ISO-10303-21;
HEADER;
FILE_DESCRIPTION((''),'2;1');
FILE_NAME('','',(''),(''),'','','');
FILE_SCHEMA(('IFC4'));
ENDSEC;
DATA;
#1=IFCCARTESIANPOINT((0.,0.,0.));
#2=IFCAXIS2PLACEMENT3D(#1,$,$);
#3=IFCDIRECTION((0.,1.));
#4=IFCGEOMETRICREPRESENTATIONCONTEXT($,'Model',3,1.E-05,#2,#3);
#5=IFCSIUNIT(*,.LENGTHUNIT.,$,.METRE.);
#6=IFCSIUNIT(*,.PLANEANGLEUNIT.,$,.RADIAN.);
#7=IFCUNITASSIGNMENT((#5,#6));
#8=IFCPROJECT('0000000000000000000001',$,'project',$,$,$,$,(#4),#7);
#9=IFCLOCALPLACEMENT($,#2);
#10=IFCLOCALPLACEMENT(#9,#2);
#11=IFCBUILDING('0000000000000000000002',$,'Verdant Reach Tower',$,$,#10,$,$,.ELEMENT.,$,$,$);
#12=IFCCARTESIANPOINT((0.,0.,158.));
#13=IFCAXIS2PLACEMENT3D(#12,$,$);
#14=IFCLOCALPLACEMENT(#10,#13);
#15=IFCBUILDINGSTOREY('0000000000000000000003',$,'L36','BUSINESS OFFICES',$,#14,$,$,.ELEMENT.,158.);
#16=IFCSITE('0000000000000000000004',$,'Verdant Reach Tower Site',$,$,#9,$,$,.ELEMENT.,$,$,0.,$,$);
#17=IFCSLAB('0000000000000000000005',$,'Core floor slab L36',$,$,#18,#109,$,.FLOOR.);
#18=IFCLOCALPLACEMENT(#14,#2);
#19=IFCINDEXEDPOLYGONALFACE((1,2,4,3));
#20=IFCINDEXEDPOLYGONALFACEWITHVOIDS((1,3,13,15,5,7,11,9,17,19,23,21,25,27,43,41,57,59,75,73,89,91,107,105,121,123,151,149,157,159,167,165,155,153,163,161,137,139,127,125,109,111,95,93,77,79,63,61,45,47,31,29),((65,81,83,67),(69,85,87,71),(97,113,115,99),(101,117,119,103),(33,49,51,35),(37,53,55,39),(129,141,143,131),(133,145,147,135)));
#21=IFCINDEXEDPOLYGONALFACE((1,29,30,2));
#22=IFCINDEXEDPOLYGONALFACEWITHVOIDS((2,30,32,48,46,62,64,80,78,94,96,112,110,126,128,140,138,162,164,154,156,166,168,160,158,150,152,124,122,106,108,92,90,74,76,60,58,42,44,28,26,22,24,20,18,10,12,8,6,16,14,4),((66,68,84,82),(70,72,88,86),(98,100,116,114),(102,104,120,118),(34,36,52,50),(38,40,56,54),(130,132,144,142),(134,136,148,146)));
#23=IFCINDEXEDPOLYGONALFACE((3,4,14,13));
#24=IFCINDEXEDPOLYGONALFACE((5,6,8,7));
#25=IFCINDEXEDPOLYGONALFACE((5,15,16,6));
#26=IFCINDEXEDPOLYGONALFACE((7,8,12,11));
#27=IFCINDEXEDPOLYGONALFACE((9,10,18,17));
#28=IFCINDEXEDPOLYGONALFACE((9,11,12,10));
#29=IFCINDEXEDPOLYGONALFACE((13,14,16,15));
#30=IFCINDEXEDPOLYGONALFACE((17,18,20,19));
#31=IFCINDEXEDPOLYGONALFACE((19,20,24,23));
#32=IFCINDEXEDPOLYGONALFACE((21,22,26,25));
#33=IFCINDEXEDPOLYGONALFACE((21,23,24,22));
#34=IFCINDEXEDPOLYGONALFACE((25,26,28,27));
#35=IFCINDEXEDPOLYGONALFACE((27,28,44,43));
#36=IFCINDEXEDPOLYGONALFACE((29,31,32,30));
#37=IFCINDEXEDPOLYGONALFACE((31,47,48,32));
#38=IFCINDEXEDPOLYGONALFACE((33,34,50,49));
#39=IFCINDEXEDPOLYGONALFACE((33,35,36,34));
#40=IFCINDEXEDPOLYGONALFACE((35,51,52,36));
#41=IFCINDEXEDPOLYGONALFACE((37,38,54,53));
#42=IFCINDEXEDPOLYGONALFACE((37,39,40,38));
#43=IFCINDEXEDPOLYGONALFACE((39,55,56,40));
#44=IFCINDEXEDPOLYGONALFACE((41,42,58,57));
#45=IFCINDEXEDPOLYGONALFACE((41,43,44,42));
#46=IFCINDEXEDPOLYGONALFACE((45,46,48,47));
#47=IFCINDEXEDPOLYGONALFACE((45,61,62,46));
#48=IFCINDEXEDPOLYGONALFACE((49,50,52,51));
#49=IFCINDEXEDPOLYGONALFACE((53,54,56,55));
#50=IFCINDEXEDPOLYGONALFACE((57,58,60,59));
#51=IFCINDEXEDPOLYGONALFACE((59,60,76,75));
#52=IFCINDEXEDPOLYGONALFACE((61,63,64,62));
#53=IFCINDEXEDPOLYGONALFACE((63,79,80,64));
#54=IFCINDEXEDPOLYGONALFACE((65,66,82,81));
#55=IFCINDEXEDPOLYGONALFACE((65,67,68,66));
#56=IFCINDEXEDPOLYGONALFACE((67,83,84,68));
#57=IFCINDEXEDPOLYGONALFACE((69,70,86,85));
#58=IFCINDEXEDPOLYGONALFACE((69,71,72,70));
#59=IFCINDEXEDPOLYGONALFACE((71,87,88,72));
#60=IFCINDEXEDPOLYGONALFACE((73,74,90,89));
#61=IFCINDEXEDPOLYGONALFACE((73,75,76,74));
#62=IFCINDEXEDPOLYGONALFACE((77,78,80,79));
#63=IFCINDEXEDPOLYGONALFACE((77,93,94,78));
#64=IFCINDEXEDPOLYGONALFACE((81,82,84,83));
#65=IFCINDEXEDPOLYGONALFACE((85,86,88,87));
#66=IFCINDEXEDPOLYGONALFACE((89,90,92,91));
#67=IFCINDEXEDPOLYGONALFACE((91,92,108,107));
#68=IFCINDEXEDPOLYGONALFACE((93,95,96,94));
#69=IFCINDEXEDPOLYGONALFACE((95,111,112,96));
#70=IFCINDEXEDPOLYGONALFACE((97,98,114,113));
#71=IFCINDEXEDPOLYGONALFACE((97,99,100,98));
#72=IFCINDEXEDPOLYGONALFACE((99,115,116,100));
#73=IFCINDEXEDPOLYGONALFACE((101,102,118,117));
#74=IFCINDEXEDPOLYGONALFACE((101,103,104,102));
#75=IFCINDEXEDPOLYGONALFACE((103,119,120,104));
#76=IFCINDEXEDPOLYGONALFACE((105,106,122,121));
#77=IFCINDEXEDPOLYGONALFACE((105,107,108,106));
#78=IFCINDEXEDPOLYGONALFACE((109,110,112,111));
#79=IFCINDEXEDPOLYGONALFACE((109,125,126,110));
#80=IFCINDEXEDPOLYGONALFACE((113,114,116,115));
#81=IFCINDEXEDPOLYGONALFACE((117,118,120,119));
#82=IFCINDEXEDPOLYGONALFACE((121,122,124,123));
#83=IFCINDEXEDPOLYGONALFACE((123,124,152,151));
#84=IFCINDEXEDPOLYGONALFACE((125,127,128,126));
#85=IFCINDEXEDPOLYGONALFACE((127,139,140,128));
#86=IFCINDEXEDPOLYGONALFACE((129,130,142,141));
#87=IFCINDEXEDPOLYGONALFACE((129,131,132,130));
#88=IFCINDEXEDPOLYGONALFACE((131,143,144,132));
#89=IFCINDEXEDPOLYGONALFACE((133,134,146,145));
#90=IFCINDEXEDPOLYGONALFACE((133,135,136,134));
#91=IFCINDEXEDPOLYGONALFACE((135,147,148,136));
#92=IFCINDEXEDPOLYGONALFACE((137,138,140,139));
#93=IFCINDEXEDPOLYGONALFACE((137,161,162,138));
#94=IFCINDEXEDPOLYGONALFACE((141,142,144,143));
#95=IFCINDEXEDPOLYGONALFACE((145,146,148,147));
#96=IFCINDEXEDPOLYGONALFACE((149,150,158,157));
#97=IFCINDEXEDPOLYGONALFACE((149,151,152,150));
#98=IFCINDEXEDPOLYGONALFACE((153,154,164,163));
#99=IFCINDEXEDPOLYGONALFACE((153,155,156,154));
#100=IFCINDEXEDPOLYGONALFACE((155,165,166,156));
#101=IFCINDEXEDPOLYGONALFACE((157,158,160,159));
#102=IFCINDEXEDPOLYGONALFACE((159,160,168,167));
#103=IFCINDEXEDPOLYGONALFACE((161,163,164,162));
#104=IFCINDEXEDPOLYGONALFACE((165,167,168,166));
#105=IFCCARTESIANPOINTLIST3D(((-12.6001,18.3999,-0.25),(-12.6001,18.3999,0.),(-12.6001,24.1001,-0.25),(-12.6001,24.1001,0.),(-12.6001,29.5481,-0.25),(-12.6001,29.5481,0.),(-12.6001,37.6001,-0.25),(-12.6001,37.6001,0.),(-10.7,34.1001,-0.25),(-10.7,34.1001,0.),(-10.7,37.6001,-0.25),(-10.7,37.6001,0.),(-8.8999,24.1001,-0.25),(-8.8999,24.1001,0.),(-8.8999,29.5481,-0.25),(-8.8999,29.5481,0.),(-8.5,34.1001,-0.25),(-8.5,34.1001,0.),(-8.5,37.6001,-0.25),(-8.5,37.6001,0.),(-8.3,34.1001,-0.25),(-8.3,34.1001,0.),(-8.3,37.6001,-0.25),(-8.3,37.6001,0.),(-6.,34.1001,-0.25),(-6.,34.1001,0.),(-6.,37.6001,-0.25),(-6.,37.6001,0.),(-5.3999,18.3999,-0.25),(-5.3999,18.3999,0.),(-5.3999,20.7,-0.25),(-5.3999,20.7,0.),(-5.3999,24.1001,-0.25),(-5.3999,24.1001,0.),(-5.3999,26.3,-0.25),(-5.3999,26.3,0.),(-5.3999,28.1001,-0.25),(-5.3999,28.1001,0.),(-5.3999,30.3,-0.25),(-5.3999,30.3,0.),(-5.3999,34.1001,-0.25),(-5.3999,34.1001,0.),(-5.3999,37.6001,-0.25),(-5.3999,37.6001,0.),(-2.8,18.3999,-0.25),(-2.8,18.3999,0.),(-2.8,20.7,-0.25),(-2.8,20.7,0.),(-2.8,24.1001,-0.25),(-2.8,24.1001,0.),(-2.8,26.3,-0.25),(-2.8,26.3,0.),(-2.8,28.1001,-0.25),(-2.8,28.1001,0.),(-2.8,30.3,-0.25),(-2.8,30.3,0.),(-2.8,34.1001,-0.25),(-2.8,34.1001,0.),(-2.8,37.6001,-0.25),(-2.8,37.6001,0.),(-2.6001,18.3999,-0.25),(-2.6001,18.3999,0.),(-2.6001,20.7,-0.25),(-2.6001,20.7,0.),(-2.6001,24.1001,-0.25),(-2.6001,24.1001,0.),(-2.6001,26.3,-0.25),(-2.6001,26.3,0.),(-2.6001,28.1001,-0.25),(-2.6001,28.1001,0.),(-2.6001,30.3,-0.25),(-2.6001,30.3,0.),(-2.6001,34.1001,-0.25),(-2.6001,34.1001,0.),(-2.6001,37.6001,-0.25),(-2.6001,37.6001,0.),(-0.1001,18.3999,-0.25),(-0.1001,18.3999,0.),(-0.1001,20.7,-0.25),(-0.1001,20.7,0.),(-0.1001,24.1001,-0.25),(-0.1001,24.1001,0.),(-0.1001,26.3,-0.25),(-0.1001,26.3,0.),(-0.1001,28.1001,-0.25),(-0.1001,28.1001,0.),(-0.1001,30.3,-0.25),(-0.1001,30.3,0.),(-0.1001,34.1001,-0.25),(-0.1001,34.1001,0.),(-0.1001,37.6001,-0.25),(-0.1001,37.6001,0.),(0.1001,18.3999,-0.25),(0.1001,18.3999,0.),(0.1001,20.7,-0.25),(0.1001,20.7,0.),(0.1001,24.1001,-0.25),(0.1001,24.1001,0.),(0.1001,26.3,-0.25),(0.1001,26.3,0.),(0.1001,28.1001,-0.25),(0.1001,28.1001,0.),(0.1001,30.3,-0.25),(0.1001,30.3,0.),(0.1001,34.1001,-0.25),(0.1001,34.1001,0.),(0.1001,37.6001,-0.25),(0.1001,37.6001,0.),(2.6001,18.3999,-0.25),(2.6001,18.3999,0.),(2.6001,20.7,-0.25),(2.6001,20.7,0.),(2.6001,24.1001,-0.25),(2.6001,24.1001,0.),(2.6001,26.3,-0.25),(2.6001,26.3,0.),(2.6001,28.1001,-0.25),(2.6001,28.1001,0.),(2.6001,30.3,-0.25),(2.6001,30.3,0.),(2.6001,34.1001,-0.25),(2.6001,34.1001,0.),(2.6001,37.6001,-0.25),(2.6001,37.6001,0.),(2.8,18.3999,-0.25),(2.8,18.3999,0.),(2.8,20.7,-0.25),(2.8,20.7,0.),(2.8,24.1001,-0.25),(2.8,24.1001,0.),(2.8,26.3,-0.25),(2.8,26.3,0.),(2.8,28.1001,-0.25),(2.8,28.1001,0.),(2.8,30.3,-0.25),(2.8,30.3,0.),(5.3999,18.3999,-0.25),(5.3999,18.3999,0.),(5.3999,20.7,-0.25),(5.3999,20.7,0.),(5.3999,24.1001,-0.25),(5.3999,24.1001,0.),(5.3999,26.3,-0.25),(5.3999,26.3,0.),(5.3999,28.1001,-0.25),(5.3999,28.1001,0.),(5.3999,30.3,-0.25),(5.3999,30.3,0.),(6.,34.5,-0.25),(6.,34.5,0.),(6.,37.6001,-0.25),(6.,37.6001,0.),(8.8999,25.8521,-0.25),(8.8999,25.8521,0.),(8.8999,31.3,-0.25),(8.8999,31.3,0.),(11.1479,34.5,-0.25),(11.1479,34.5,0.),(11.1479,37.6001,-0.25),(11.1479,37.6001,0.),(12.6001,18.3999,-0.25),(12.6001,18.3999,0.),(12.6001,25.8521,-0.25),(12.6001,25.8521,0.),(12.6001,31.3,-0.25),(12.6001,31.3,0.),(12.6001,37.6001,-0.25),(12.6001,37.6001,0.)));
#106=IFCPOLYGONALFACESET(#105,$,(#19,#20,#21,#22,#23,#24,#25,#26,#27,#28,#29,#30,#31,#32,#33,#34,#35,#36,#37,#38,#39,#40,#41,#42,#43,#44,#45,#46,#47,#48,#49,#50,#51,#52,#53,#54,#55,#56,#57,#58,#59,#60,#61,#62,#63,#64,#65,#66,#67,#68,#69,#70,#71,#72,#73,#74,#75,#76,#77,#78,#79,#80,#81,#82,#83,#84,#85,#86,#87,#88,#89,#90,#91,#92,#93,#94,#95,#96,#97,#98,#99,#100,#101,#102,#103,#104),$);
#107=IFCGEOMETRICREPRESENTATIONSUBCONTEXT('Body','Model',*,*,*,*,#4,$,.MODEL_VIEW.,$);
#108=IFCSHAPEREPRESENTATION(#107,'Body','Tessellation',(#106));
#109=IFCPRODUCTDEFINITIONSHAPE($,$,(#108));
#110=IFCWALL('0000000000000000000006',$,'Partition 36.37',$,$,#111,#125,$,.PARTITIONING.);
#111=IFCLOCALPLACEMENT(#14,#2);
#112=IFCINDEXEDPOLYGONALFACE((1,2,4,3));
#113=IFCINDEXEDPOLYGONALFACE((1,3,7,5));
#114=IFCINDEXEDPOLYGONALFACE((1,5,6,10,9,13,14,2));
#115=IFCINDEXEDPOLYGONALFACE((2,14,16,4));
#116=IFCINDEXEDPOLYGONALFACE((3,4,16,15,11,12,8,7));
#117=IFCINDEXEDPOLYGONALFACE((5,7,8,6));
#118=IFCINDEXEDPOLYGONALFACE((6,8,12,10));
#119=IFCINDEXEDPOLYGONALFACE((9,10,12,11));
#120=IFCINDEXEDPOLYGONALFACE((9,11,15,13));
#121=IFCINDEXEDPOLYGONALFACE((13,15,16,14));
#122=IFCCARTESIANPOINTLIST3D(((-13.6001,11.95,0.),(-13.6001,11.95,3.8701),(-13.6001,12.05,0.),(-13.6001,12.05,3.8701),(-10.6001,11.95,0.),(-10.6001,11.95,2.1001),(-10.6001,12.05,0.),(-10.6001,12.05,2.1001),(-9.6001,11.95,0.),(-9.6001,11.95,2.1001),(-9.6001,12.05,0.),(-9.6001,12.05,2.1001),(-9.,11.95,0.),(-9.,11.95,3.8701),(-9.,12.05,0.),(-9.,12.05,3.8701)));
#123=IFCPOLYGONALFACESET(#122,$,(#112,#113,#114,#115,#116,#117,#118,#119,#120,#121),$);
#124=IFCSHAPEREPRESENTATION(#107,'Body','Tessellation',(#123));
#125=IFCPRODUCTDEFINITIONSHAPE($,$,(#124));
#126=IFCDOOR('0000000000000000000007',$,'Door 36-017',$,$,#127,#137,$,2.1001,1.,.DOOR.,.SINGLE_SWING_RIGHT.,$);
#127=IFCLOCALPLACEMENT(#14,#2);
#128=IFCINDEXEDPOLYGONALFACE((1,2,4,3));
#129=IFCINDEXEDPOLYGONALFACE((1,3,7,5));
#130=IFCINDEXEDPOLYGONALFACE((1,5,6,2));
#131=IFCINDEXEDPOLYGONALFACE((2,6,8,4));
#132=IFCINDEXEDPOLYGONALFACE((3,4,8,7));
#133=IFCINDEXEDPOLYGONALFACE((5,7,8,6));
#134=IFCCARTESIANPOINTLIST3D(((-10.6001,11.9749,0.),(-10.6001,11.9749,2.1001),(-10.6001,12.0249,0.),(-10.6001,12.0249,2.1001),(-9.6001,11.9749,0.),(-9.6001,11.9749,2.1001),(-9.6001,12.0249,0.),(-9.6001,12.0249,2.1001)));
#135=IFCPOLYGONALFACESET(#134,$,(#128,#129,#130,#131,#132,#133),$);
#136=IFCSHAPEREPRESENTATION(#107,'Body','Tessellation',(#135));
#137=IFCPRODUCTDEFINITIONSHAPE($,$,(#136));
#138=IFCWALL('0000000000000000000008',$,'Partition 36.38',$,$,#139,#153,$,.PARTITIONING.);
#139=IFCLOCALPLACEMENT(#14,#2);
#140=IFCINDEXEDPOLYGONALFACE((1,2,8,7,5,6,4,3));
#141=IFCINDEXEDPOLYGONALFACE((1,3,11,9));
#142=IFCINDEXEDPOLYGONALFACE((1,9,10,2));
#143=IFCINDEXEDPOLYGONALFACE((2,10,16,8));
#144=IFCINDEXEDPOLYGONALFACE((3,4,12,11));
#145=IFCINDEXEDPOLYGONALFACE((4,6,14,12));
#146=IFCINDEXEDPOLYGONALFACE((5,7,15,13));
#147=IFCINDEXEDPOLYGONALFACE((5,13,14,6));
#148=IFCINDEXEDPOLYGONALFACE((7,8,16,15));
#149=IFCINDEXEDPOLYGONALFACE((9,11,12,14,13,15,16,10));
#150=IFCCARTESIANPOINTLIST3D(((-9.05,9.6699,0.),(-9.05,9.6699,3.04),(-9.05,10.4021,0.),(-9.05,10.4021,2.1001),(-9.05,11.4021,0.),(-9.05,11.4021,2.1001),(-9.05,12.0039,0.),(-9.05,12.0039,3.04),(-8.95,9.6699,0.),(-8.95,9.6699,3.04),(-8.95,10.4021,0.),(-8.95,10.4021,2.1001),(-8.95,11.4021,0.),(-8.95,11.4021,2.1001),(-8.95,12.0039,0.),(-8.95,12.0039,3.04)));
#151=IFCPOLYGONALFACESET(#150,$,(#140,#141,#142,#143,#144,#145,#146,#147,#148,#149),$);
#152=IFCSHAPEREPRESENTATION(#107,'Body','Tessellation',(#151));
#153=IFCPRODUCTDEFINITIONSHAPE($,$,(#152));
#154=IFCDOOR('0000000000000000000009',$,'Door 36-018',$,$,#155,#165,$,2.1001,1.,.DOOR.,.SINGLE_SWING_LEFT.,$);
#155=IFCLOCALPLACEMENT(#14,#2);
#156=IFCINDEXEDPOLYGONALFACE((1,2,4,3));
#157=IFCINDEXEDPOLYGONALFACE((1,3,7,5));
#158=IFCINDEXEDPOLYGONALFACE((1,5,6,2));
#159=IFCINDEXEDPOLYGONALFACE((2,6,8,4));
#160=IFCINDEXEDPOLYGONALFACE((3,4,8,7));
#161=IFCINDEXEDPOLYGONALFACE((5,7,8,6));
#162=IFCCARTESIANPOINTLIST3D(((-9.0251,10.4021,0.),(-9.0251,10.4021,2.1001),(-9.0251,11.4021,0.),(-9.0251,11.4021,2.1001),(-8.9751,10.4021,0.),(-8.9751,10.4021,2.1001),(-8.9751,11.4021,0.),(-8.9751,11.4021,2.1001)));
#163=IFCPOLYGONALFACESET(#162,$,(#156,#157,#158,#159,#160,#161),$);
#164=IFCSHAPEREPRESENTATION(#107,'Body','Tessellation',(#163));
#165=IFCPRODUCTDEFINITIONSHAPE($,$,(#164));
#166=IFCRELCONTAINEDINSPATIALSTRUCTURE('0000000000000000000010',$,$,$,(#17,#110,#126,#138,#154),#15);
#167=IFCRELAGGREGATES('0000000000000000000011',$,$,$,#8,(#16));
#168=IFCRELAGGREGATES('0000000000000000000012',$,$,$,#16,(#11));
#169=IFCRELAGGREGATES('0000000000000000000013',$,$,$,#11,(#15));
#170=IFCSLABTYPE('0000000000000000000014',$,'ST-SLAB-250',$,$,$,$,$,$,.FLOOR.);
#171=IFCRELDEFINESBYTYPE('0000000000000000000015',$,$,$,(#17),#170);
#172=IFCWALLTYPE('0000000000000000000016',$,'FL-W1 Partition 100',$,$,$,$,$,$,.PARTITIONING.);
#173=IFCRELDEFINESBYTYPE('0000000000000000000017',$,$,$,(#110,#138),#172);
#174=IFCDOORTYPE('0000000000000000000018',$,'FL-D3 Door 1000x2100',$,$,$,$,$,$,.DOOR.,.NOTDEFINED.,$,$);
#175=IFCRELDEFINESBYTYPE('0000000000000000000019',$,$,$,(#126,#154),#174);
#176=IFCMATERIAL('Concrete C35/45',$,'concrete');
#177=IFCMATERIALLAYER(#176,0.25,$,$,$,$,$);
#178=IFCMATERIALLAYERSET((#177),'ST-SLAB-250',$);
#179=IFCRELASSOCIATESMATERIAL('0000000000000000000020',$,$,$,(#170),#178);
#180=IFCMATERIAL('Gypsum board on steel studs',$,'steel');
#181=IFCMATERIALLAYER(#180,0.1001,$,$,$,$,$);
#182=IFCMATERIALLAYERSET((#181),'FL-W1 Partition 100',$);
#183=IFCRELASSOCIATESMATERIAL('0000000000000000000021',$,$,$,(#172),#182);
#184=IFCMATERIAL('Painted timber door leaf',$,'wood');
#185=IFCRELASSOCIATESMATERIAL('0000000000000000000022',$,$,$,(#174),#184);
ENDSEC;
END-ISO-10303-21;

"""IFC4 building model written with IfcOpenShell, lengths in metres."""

from ifc_helpers import new_model, si_unit, direction, frame, frame_2d, origin, place, context, subcontext, project, spatial, polyline, rectangle, outline, extrude, material, layer, layer_set, type_object, element, fill, save


model = new_model("IFC4")

# Units and contexts
model_context = context("Model", 3, precision=1e-05, world=origin(), true_north=direction((0.0, 1.0)))
body_context = subcontext(model_context, "Body", "Model", "MODEL_VIEW")
ifc_project = project(units=[si_unit("LENGTHUNIT", "METRE"), si_unit("PLANEANGLEUNIT", "RADIAN")], contexts=[model_context])

# Site, building, storey
site_placement = place(None, origin())
site = spatial("IfcSite", under=ifc_project, at=site_placement, Name="Verdant Reach Tower Site", CompositionType="ELEMENT", RefElevation=0.0)
building_placement = place(site_placement, origin())
building = spatial("IfcBuilding", under=site, at=building_placement, Name="Verdant Reach Tower", CompositionType="ELEMENT")
storey_placement = place(building_placement, frame((0.0, 0.0, 158.0)))
storey = spatial("IfcBuildingStorey", under=building, at=storey_placement, Name="L36", Description="BUSINESS OFFICES", CompositionType="ELEMENT", Elevation=158.0)

# Slab
ifc_material_1 = material(Name="Concrete C35/45", Category="concrete")
ifc_layer_1 = layer(ifc_material_1, 0.25)
ifc_layer_set_1 = layer_set([ifc_layer_1], Name="ST-SLAB-250")
slab_type_1 = type_object("IfcSlabType", Name="ST-SLAB-250", PredefinedType="FLOOR", material=ifc_layer_set_1)
slab_1_placement = place(storey_placement, frame((0.0, 0.0, -0.25)))
element("IfcSlab", 1, at=slab_1_placement, inside=storey, type_object=slab_type_1, Name="Core floor slab L36", PredefinedType="FLOOR", context=body_context, shape_type="SweptSolid", body=[
    extrude(outline(polyline([(12.6001, 18.3999), (5.3999, 18.3999), (5.3999, 20.7), (2.8, 20.7), (2.8, 18.3999), (2.6001, 18.3999), (2.6001, 20.7), (0.1001, 20.7), (0.1001, 18.3999), (-0.1001, 18.3999), (-0.1001, 20.7), (-2.6001, 20.7), (-2.6001, 18.3999), (-2.8, 18.3999), (-2.8, 20.7), (-5.3999, 20.7), (-5.3999, 18.3999), (-12.6001, 18.3999), (-12.6001, 24.1001), (-8.8999, 24.1001), (-8.8999, 29.5481), (-12.6001, 29.5481), (-12.6001, 37.6001), (-10.7, 37.6001), (-10.7, 34.1001), (-8.5, 34.1001), (-8.5, 37.6001), (-8.3, 37.6001), (-8.3, 34.1001), (-6.0, 34.1001), (-6.0, 37.6001), (-5.3999, 37.6001), (-5.3999, 34.1001), (-2.8, 34.1001), (-2.8, 37.6001), (-2.6001, 37.6001), (-2.6001, 34.1001), (-0.1001, 34.1001), (-0.1001, 37.6001), (0.1001, 37.6001), (0.1001, 34.1001), (2.6001, 34.1001), (2.6001, 37.6001), (6.0, 37.6001), (6.0, 34.5), (11.1479, 34.5), (11.1479, 37.6001), (12.6001, 37.6001), (12.6001, 31.3), (8.8999, 31.3), (8.8999, 25.8521), (12.6001, 25.8521), (12.6001, 18.3999)]), holes=[polyline([(-2.8, 24.1001), (-2.8, 26.3), (-5.3999, 26.3), (-5.3999, 24.1001), (-2.8, 24.1001)]), polyline([(-2.6001, 24.1001), (-0.1001, 24.1001), (-0.1001, 26.3), (-2.6001, 26.3), (-2.6001, 24.1001)]), polyline([(-2.8, 28.1001), (-2.8, 30.3), (-5.3999, 30.3), (-5.3999, 28.1001), (-2.8, 28.1001)]), polyline([(-0.1001, 28.1001), (-0.1001, 30.3), (-2.6001, 30.3), (-2.6001, 28.1001), (-0.1001, 28.1001)]), polyline([(2.6001, 24.1001), (2.6001, 26.3), (0.1001, 26.3), (0.1001, 24.1001), (2.6001, 24.1001)]), polyline([(2.8, 24.1001), (5.3999, 24.1001), (5.3999, 26.3), (2.8, 26.3), (2.8, 24.1001)]), polyline([(2.6001, 28.1001), (2.6001, 30.3), (0.1001, 30.3), (0.1001, 28.1001), (2.6001, 28.1001)]), polyline([(5.3999, 28.1001), (5.3999, 30.3), (2.8, 30.3), (2.8, 28.1001), (5.3999, 28.1001)])]), origin(), (0.0, 0.0, 1.0), 0.25),
])

# Walls, openings, doors
ifc_material_2 = material(Name="Gypsum board on steel studs", Category="steel")
ifc_layer_2 = layer(ifc_material_2, 0.1001)
ifc_layer_set_2 = layer_set([ifc_layer_2], Name="FL-W1 Partition 100")
wall_type_1 = type_object("IfcWallType", Name="FL-W1 Partition 100", PredefinedType="PARTITIONING", material=ifc_layer_set_2)
wall_1_placement = place(storey_placement, frame((-13.6001, 12.0, 0.0), z_axis=(0.0, 0.0, 1.0), x_axis=(1.0, 0.0, 0.0)))
wall_1 = element("IfcWall", 2, at=wall_1_placement, inside=storey, type_object=wall_type_1, Name="Partition 36.37", PredefinedType="PARTITIONING", context=body_context, shape_type="SweptSolid", body=[
    extrude(rectangle(XDim=4.6001, YDim=0.1001, at=frame_2d((2.3, 0.0))), origin(), (0.0, 0.0, 1.0), 3.8701),
])
opening_1_placement = place(wall_1_placement, frame((3.0, 0.0, 0.0)))
opening_1 = element("IfcOpeningElement", 3, at=opening_1_placement, cuts=wall_1, PredefinedType="OPENING", context=body_context, shape_type="SweptSolid", body=[
    extrude(rectangle(XDim=1.0, YDim=2.1001, at=frame_2d((0.5, 1.05))), frame((0.0, 0.0601, 0.0), z_axis=(0.0, -1.0, 0.0), x_axis=(1.0, 0.0, 0.0)), (0.0, 0.0, 1.0), 0.1201),
])
ifc_material_3 = material(Name="Painted timber door leaf", Category="wood")
door_type = type_object("IfcDoorType", Name="FL-D3 Door 1000x2100", OperationType="NOTDEFINED", PredefinedType="DOOR", material=ifc_material_3)
door_1_placement = place(opening_1_placement, origin())
door_1 = element("IfcDoor", 4, at=door_1_placement, inside=storey, type_object=door_type, Name="Door 36-017", OperationType="SINGLE_SWING_RIGHT", OverallHeight=2.1001, OverallWidth=1.0, PredefinedType="DOOR", context=body_context, shape_type="SweptSolid", body=[
    extrude(rectangle(XDim=1.0, YDim=2.1001, at=frame_2d((0.5, 1.05))), frame((0.0, 0.0249, 0.0), z_axis=(0.0, -1.0, 0.0), x_axis=(1.0, 0.0, 0.0)), (0.0, 0.0, 1.0), 0.05),
])
fill(opening_1, door_1)
wall_2_placement = place(storey_placement, frame((-9.0, 12.0039, 0.0), z_axis=(0.0, 0.0, 1.0), x_axis=(0.0, -1.0, 0.0)))
wall_2 = element("IfcWall", 5, at=wall_2_placement, inside=storey, type_object=wall_type_1, Name="Partition 36.38", PredefinedType="PARTITIONING", context=body_context, shape_type="SweptSolid", body=[
    extrude(rectangle(XDim=2.334, YDim=0.1001, at=frame_2d((1.167, 0.0))), origin(), (0.0, 0.0, 1.0), 3.04),
])
opening_2_placement = place(wall_2_placement, frame((0.6018, 0.0, 0.0)))
opening_2 = element("IfcOpeningElement", 6, at=opening_2_placement, cuts=wall_2, PredefinedType="OPENING", context=body_context, shape_type="SweptSolid", body=[
    extrude(rectangle(XDim=1.0, YDim=2.1001, at=frame_2d((0.5, 1.05))), frame((0.0, 0.0601, 0.0), z_axis=(0.0, -1.0, 0.0), x_axis=(1.0, 0.0, 0.0)), (0.0, 0.0, 1.0), 0.1201),
])
door_2_placement = place(opening_2_placement, origin())
door_2 = element("IfcDoor", 7, at=door_2_placement, inside=storey, type_object=door_type, Name="Door 36-018", OperationType="SINGLE_SWING_LEFT", OverallHeight=2.1001, OverallWidth=1.0, PredefinedType="DOOR", context=body_context, shape_type="SweptSolid", body=[
    extrude(rectangle(XDim=1.0, YDim=2.1001, at=frame_2d((0.5, 1.05))), frame((0.0, 0.0249, 0.0), z_axis=(0.0, -1.0, 0.0), x_axis=(1.0, 0.0, 0.0)), (0.0, 0.0, 1.0), 0.05),
])
fill(opening_2, door_2)

save(model, "model.ifc")
